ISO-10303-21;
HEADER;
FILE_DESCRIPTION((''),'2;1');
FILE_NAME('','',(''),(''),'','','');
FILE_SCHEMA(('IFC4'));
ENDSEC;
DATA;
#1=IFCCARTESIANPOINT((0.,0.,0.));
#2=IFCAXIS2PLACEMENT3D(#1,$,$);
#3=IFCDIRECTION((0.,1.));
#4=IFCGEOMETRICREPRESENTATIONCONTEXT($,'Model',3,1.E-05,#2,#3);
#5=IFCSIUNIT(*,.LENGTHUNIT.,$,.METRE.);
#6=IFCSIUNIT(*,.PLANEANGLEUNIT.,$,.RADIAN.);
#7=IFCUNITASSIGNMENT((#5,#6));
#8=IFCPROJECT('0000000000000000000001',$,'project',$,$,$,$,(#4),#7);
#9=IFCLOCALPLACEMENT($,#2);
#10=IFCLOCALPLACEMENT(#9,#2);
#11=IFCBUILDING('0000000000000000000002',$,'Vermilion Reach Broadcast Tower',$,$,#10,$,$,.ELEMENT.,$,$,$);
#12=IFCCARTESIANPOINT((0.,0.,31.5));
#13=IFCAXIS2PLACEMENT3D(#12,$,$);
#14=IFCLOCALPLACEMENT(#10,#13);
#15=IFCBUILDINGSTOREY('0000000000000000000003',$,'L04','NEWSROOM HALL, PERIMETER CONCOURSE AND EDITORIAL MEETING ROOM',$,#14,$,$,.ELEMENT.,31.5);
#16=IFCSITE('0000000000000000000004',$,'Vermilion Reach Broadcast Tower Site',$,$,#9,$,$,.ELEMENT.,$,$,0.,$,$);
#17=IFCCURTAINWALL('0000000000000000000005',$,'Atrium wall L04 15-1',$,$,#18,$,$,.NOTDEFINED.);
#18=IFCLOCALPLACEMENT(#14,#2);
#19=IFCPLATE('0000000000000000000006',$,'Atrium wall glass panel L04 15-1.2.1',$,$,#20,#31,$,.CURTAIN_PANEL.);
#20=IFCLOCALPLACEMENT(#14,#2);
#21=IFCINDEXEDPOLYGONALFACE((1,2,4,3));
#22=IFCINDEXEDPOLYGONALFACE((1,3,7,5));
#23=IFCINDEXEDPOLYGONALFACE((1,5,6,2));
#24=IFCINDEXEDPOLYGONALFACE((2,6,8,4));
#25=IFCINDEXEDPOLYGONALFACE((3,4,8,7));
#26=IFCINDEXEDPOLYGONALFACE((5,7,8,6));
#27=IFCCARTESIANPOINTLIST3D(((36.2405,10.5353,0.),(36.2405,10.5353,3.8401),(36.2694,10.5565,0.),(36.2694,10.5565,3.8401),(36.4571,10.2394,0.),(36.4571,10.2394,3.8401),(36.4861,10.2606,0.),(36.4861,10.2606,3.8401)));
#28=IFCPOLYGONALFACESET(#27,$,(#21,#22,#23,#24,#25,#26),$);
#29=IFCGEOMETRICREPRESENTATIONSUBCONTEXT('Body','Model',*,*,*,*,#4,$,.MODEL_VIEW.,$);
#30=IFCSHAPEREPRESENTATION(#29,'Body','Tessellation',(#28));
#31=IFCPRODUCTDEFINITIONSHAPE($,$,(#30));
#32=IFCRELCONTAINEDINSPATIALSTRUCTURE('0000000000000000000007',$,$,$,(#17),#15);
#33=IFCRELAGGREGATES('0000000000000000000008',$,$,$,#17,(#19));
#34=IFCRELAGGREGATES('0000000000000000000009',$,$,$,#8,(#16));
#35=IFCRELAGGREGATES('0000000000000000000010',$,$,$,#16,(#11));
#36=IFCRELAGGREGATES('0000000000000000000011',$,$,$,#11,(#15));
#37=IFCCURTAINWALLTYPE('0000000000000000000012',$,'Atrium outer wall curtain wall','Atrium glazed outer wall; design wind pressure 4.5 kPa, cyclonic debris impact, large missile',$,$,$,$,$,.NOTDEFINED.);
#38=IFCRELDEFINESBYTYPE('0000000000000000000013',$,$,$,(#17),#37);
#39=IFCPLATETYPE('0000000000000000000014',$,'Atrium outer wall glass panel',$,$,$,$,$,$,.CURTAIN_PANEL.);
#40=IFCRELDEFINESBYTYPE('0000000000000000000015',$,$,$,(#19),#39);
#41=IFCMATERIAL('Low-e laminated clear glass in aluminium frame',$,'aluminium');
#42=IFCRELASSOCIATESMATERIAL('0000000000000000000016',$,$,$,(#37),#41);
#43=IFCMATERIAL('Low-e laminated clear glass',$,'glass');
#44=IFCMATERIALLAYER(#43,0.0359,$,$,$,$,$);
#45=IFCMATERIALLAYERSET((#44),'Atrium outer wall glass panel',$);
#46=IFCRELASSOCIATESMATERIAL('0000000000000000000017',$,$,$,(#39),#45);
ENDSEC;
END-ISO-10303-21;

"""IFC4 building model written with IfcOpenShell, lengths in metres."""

from ifc_helpers import new_model, si_unit, direction, frame, origin, origin_2d, place, context, subcontext, project, spatial, rectangle, extrude, material, layer, layer_set, type_object, element, aggregate, save


model = new_model("IFC4")

# Units and contexts
model_context = context("Model", 3, precision=1e-05, world=origin(), true_north=direction((0.0, 1.0)))
body_context = subcontext(model_context, "Body", "Model", "MODEL_VIEW")
ifc_project = project(units=[si_unit("LENGTHUNIT", "METRE"), si_unit("PLANEANGLEUNIT", "RADIAN")], contexts=[model_context])

# Site, building, storey
site_placement = place(None, origin())
site = spatial("IfcSite", under=ifc_project, at=site_placement, Name="Vermilion Reach Broadcast Tower Site", CompositionType="ELEMENT", RefElevation=0.0)
building_placement = place(site_placement, origin())
building = spatial("IfcBuilding", under=site, at=building_placement, Name="Vermilion Reach Broadcast Tower", CompositionType="ELEMENT")
storey_placement = place(building_placement, frame((0.0, 0.0, 31.5)))
storey = spatial("IfcBuildingStorey", under=building, at=storey_placement, Name="L04", Description="NEWSROOM HALL, PERIMETER CONCOURSE AND EDITORIAL MEETING ROOM", CompositionType="ELEMENT", Elevation=31.5)

# Curtain wall
ifc_material_1 = material(Name="Low-e laminated clear glass in aluminium frame", Category="aluminium")
curtain_wall_type = type_object("IfcCurtainWallType", Name="Atrium outer wall curtain wall", Description="Atrium glazed outer wall; design wind pressure 4.5 kPa, cyclonic debris impact, large missile", PredefinedType="NOTDEFINED", material=ifc_material_1)
placement = place(storey_placement, origin())
curtain_wall_1 = element("IfcCurtainWall", 1, at=placement, inside=storey, type_object=curtain_wall_type, Name="Atrium wall L04 15-1", PredefinedType="NOTDEFINED")

# Plate
ifc_material_2 = material(Name="Low-e laminated clear glass", Category="glass")
ifc_layer = layer(ifc_material_2, 0.0359)
ifc_layer_set = layer_set([ifc_layer], Name="Atrium outer wall glass panel")
plate_type = type_object("IfcPlateType", Name="Atrium outer wall glass panel", PredefinedType="CURTAIN_PANEL", material=ifc_layer_set)
plate_1_placement = place(storey_placement, frame((36.3633, 10.3979, 0.0), z_axis=(0.0, 0.0, 1.0), x_axis=(-0.59076, 0.806847, 0.0)))
plate_1 = element("IfcPlate", 2, at=plate_1_placement, type_object=plate_type, Name="Atrium wall glass panel L04 15-1.2.1", PredefinedType="CURTAIN_PANEL", context=body_context, shape_type="SweptSolid", body=[
    extrude(rectangle(XDim=0.3667, YDim=0.0359, at=origin_2d()), origin(), (0.0, 0.0, 1.0), 3.8401),
])
aggregate(curtain_wall_1, [plate_1])

save(model, "model.ifc")
